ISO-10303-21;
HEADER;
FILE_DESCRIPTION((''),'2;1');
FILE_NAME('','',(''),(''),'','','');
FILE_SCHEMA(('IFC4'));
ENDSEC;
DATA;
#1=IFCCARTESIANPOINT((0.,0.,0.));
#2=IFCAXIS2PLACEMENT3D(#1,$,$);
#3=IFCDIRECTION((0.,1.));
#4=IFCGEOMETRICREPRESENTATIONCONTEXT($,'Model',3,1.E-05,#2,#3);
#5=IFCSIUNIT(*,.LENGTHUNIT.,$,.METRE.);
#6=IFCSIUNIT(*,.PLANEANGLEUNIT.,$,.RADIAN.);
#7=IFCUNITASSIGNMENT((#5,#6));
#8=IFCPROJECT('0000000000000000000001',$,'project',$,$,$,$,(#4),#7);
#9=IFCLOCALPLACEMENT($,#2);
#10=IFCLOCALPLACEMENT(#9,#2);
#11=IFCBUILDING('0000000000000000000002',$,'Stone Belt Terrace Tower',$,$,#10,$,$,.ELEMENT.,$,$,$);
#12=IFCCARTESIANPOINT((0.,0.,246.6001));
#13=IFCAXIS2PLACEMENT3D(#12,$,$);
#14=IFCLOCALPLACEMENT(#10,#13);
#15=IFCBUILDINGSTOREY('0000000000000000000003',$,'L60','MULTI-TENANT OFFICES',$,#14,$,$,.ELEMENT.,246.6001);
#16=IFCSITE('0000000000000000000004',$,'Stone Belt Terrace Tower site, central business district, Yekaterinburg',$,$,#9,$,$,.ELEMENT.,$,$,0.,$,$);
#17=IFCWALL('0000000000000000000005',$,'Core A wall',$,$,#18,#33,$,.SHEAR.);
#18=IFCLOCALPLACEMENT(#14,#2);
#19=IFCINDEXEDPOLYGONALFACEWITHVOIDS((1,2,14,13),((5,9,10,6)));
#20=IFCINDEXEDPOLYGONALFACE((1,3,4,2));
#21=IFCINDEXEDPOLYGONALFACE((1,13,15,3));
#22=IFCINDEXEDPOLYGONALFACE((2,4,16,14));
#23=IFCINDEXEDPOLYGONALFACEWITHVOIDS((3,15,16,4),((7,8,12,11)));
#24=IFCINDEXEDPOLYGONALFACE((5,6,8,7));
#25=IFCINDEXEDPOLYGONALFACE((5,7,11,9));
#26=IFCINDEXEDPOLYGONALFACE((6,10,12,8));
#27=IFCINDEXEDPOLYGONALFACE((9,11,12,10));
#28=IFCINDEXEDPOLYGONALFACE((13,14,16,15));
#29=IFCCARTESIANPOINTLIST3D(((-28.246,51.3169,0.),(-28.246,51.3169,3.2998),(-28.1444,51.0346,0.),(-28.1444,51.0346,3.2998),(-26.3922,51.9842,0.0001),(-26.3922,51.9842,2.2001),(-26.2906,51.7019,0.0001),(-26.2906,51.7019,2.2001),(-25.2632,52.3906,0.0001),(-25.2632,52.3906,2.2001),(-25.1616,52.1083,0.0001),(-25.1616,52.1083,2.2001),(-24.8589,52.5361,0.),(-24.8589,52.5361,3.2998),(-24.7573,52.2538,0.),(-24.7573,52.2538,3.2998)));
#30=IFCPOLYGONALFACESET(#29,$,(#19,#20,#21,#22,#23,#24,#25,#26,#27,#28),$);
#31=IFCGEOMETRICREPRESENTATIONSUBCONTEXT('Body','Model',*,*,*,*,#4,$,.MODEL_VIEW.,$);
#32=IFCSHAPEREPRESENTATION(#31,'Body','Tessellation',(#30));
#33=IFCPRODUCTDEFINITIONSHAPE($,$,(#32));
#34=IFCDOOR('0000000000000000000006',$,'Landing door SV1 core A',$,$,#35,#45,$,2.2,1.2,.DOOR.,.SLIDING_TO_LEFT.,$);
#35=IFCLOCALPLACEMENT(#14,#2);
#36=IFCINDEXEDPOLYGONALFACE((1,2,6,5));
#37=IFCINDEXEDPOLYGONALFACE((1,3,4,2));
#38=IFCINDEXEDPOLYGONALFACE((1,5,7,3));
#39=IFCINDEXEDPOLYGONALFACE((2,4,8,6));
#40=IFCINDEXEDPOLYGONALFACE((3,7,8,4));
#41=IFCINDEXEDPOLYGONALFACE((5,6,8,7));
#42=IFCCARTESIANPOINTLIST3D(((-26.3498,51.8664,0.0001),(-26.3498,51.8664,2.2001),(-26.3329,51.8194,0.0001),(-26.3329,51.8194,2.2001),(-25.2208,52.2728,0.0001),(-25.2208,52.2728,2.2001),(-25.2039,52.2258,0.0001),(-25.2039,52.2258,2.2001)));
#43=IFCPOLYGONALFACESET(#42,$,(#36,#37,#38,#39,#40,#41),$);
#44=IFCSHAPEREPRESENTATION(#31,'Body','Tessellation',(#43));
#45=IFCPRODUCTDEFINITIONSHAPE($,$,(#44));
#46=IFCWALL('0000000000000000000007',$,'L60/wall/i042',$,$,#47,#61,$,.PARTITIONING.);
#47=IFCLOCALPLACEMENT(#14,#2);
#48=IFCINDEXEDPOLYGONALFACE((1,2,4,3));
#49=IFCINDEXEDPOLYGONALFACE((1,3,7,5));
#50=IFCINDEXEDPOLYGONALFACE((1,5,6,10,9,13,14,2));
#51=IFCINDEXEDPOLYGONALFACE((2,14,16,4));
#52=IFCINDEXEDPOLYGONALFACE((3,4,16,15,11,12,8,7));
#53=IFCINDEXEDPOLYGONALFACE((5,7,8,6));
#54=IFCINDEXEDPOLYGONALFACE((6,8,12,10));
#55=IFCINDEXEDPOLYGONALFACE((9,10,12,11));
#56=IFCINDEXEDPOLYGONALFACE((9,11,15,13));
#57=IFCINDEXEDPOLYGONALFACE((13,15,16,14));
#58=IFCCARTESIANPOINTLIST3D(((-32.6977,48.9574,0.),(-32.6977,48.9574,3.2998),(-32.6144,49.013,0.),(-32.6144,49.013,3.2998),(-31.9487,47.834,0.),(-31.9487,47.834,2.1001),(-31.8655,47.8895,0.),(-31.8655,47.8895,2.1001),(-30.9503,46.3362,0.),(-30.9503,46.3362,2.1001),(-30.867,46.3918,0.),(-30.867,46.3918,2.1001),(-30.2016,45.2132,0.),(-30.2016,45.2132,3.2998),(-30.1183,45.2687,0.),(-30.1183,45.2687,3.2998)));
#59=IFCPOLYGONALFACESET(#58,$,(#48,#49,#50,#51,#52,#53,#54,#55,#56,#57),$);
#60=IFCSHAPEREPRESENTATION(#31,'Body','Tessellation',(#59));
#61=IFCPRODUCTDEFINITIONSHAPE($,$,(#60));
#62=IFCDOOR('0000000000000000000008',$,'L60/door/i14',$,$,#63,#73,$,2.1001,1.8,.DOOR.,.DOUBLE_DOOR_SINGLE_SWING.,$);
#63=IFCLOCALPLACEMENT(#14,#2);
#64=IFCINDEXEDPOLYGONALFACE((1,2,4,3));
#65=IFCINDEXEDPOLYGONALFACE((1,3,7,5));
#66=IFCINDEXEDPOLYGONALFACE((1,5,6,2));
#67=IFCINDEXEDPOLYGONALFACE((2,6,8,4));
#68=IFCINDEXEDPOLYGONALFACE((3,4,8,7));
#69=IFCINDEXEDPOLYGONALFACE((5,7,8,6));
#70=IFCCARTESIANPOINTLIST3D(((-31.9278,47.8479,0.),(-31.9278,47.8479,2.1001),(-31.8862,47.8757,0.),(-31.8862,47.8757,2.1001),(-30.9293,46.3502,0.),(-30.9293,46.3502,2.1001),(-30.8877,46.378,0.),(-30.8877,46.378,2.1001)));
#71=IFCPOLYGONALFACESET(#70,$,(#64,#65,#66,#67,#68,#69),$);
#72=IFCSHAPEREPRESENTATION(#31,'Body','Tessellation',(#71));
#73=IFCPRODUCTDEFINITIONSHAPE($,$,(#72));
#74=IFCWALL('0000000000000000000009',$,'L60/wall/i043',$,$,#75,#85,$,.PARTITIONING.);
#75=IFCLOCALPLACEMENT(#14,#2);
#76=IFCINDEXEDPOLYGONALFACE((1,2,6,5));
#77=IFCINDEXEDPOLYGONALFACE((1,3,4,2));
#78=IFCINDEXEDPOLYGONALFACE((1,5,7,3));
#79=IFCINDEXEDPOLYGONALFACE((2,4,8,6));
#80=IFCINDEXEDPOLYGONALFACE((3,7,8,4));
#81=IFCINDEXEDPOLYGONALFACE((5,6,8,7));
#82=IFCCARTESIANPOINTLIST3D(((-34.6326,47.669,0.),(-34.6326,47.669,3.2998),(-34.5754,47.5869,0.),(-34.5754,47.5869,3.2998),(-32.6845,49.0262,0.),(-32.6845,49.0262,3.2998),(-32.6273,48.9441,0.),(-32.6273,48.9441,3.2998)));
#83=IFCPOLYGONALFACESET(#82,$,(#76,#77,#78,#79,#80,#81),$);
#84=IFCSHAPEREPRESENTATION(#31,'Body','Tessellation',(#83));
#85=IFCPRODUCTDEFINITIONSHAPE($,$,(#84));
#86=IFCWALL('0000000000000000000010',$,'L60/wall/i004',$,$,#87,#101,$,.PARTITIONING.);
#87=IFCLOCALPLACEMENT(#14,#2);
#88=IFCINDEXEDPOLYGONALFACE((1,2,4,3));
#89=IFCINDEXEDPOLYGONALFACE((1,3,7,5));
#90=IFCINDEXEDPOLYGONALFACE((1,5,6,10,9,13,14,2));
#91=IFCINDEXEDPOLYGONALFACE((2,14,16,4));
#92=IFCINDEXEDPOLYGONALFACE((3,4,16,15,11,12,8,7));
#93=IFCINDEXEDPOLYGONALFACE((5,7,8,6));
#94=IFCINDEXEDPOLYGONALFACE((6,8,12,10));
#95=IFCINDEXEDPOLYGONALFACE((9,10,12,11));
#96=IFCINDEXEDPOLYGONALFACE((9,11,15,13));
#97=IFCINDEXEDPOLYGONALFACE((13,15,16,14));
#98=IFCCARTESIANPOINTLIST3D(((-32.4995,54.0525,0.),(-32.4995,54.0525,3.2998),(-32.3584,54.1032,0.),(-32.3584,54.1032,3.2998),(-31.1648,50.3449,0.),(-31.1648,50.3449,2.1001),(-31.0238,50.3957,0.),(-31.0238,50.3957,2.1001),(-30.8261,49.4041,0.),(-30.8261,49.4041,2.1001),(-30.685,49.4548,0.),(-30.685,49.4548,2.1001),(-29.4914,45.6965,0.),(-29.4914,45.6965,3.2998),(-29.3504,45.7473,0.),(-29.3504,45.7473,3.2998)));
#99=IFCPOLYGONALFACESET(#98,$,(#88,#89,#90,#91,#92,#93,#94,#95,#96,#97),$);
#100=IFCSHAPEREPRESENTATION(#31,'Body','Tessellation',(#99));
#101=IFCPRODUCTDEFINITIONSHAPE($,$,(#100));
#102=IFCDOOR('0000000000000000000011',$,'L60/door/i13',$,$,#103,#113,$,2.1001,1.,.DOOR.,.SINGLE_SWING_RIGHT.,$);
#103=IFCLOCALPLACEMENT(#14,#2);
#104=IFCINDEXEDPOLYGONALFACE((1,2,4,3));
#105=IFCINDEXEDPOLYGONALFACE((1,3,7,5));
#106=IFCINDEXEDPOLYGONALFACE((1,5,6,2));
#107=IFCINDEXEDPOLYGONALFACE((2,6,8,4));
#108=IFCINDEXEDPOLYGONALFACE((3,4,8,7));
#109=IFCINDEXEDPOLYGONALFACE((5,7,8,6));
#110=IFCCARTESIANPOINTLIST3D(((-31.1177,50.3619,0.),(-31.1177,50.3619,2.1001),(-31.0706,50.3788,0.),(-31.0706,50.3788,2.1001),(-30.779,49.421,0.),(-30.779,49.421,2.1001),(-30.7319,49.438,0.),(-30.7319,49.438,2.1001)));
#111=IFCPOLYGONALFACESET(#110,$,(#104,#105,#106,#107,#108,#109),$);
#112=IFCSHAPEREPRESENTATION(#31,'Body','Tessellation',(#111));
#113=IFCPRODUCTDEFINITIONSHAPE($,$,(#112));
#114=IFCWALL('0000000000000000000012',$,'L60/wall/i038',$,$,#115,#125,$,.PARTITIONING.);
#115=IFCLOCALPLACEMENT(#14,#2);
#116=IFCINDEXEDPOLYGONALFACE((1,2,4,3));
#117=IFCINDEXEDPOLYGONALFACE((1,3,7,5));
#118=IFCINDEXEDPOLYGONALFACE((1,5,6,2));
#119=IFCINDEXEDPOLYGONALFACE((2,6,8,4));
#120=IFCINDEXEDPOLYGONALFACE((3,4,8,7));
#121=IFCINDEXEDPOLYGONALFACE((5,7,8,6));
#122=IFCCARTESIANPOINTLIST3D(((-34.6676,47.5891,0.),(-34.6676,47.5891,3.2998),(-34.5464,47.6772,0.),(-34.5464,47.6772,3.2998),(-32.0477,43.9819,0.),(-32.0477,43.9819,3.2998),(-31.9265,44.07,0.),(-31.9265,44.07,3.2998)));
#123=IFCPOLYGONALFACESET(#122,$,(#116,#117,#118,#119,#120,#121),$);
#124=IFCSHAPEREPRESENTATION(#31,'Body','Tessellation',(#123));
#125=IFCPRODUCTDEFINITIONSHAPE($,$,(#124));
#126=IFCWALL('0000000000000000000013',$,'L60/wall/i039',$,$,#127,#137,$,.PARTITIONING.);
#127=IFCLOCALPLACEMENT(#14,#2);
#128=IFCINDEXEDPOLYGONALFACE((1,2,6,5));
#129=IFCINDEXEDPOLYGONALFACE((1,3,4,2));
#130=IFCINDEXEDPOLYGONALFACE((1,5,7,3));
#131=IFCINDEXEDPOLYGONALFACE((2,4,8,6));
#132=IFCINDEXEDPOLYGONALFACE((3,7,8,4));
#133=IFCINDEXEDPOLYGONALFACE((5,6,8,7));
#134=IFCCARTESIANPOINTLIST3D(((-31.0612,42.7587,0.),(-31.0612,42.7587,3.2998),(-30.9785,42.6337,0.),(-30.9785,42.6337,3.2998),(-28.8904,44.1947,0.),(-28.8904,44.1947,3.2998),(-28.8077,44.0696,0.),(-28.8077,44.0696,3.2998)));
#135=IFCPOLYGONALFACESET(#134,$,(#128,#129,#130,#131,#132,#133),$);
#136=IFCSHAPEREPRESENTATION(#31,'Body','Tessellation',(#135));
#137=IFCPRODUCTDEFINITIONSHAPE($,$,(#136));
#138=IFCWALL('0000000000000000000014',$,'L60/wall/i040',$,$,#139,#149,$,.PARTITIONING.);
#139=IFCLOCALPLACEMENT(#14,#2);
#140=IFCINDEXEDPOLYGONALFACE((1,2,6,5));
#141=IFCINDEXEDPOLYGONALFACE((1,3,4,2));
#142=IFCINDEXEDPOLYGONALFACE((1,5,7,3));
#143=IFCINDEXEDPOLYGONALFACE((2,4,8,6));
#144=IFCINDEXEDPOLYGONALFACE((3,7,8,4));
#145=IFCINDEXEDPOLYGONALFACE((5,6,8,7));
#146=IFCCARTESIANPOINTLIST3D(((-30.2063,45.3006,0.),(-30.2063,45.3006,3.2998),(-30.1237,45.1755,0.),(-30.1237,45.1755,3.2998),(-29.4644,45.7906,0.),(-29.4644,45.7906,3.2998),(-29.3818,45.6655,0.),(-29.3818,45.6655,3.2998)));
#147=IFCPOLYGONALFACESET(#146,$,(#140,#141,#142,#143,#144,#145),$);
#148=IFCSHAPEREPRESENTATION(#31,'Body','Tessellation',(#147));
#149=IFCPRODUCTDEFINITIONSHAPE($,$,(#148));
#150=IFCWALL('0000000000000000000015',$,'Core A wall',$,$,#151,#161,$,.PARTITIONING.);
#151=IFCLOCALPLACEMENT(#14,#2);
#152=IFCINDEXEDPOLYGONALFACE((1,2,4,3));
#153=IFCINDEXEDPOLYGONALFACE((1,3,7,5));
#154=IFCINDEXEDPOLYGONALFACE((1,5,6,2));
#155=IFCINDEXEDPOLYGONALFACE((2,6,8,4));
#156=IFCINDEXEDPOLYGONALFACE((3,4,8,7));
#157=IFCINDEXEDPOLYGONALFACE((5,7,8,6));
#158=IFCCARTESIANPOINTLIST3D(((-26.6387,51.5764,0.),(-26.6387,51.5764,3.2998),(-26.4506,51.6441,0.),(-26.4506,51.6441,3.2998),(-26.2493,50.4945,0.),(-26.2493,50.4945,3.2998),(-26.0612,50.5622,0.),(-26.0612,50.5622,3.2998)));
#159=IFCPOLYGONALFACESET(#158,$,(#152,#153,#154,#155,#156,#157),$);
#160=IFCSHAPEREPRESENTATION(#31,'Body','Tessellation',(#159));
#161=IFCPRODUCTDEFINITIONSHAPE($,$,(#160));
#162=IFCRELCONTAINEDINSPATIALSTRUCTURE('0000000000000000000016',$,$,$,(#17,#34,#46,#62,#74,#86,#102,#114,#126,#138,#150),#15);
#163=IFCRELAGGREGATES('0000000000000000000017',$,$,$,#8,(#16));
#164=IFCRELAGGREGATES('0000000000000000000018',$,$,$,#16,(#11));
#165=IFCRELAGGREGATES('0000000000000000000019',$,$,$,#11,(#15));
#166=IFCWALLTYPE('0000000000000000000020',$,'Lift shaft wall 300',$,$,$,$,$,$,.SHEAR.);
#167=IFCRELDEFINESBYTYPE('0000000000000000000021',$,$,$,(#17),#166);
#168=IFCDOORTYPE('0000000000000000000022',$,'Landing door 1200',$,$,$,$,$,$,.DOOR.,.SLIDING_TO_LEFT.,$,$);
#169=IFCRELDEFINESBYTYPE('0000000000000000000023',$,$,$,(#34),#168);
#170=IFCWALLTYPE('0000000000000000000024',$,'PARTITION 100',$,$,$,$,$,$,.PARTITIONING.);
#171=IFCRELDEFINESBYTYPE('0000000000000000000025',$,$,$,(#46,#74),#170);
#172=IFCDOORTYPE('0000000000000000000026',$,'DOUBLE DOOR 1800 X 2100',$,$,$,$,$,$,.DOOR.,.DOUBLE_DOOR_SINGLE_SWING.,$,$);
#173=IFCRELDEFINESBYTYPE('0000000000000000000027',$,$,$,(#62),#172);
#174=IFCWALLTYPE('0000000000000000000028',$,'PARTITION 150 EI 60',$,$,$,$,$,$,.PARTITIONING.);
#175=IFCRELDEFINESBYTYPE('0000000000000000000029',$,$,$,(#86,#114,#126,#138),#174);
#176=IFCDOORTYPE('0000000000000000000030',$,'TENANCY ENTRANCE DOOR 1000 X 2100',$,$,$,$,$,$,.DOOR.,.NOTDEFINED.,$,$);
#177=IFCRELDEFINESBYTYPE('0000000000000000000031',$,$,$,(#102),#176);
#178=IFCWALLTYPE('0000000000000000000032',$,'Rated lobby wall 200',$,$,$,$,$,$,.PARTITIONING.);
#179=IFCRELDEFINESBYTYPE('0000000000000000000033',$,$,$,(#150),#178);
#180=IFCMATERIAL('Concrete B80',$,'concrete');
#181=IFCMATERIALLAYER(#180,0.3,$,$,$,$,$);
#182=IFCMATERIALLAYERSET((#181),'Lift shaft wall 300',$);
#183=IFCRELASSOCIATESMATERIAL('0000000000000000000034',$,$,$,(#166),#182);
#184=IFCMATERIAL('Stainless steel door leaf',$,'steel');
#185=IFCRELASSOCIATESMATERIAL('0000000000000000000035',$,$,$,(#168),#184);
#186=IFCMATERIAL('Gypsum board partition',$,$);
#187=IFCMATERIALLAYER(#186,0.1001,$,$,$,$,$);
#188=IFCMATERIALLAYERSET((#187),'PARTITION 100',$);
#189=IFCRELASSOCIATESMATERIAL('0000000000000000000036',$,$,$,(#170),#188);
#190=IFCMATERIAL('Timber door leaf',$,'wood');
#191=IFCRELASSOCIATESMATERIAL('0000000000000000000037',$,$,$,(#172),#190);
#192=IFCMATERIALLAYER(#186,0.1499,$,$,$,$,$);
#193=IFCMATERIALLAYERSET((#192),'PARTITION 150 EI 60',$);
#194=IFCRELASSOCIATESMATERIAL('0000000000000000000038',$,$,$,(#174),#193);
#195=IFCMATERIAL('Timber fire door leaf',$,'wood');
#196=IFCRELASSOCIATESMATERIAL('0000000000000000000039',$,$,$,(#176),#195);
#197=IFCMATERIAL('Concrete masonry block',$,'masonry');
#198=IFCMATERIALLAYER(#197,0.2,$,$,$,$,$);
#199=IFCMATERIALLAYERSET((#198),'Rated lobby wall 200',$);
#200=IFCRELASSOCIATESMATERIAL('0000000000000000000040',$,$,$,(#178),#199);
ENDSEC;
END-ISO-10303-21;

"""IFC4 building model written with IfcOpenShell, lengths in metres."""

from ifc_helpers import new_model, si_unit, direction, frame, frame_2d, origin, place, context, subcontext, project, spatial, rectangle, extrude, material, layer, layer_set, type_object, element, fill, save


model = new_model("IFC4")

# Units and contexts
model_context = context("Model", 3, precision=1e-05, world=origin(), true_north=direction((0.0, 1.0)))
body_context = subcontext(model_context, "Body", "Model", "MODEL_VIEW")
ifc_project = project(units=[si_unit("LENGTHUNIT", "METRE"), si_unit("PLANEANGLEUNIT", "RADIAN")], contexts=[model_context])

# Site, building, storey
site_placement = place(None, origin())
site = spatial("IfcSite", under=ifc_project, at=site_placement, Name="Stone Belt Terrace Tower site, central business district, Yekaterinburg", CompositionType="ELEMENT", RefElevation=0.0)
building_placement = place(site_placement, origin())
building = spatial("IfcBuilding", under=site, at=building_placement, Name="Stone Belt Terrace Tower", CompositionType="ELEMENT")
storey_placement = place(building_placement, frame((0.0, 0.0, 246.6001)))
storey = spatial("IfcBuildingStorey", under=building, at=storey_placement, Name="L60", Description="MULTI-TENANT OFFICES", CompositionType="ELEMENT", Elevation=246.6001)

# Shared definitions
ifc_material_1 = material(Name="Timber door leaf", Category="wood")

# Shared definitions
ifc_material_2 = material(Name="Concrete B80", Category="concrete")

# Walls, openings, doors
ifc_layer_1 = layer(ifc_material_2, 0.3)
ifc_layer_set_1 = layer_set([ifc_layer_1], Name="Lift shaft wall 300")
wall_type_1 = type_object("IfcWallType", Name="Lift shaft wall 300", PredefinedType="SHEAR", material=ifc_layer_set_1)
wall_1_placement = place(storey_placement, frame((-28.1951, 51.1758, 0.0), z_axis=(0.0, 0.0, 1.0), x_axis=(0.940901, 0.338681, 0.0)))
wall_1 = element("IfcWall", 1, at=wall_1_placement, inside=storey, type_object=wall_type_1, Name="Core A wall", PredefinedType="SHEAR", context=body_context, shape_type="SweptSolid", body=[
    extrude(rectangle(XDim=3.5999, YDim=0.3, at=frame_2d((1.7998, 0.0))), origin(), (0.0, 0.0, 1.0), 3.2998),
])
opening_1_placement = place(wall_1_placement, frame((1.97, 0.0, 0.0)))
opening_1 = element("IfcOpeningElement", 2, at=opening_1_placement, cuts=wall_1, PredefinedType="OPENING", context=body_context, shape_type="SweptSolid", body=[
    extrude(rectangle(XDim=1.2, YDim=2.2, at=frame_2d((0.6001, 1.1001))), frame((0.0, 0.1599, 0.0), z_axis=(0.0, -1.0, 0.0), x_axis=(1.0, 0.0, 0.0)), (0.0, 0.0, 1.0), 0.3201),
])
ifc_material_3 = material(Name="Stainless steel door leaf", Category="steel")
door_type_1 = type_object("IfcDoorType", Name="Landing door 1200", OperationType="SLIDING_TO_LEFT", PredefinedType="DOOR", material=ifc_material_3)
door_1_placement = place(opening_1_placement, origin())
door_1 = element("IfcDoor", 3, at=door_1_placement, inside=storey, type_object=door_type_1, Name="Landing door SV1 core A", OperationType="SLIDING_TO_LEFT", OverallHeight=2.2, OverallWidth=1.2, PredefinedType="DOOR", context=body_context, shape_type="SweptSolid", body=[
    extrude(rectangle(XDim=1.2, YDim=2.2, at=frame_2d((0.6001, 1.1001))), frame((0.0, 0.0249, 0.0), z_axis=(0.0, -1.0, 0.0), x_axis=(1.0, 0.0, 0.0)), (0.0, 0.0, 1.0), 0.05),
])
fill(opening_1, door_1)
ifc_material_4 = material(Name="Gypsum board partition")
ifc_layer_2 = layer(ifc_material_4, 0.1001)
ifc_layer_set_2 = layer_set([ifc_layer_2], Name="PARTITION 100")
wall_type_2 = type_object("IfcWallType", Name="PARTITION 100", PredefinedType="PARTITIONING", material=ifc_layer_set_2)
wall_2_placement = place(storey_placement, frame((-30.1599, 45.241, 0.0), z_axis=(0.0, 0.0, 1.0), x_axis=(-0.5547, 0.83205, 0.0)))
wall_2 = element("IfcWall", 4, at=wall_2_placement, inside=storey, type_object=wall_type_2, Name="L60/wall/i042", PredefinedType="PARTITIONING", context=body_context, shape_type="SweptSolid", body=[
    extrude(rectangle(XDim=4.5, YDim=0.1001, at=frame_2d((2.25, 0.0))), origin(), (0.0, 0.0, 1.0), 3.2998),
])
opening_2_placement = place(wall_2_placement, frame((1.3499, 0.0, 0.0)))
opening_2 = element("IfcOpeningElement", 5, at=opening_2_placement, cuts=wall_2, PredefinedType="OPENING", context=body_context, shape_type="SweptSolid", body=[
    extrude(rectangle(XDim=1.8, YDim=2.1001, at=frame_2d((0.8999, 1.05))), frame((0.0, 0.0601, 0.0), z_axis=(0.0, -1.0, 0.0), x_axis=(1.0, 0.0, 0.0)), (0.0, 0.0, 1.0), 0.1201),
])
door_type_2 = type_object("IfcDoorType", Name="DOUBLE DOOR 1800 X 2100", OperationType="DOUBLE_DOOR_SINGLE_SWING", PredefinedType="DOOR", material=ifc_material_1)
door_2_placement = place(opening_2_placement, origin())
door_2 = element("IfcDoor", 6, at=door_2_placement, inside=storey, type_object=door_type_2, Name="L60/door/i14", OperationType="DOUBLE_DOOR_SINGLE_SWING", OverallHeight=2.1001, OverallWidth=1.8, PredefinedType="DOOR", context=body_context, shape_type="SweptSolid", body=[
    extrude(rectangle(XDim=1.8, YDim=2.1001, at=frame_2d((0.8999, 1.05))), frame((0.0, 0.0249, 0.0), z_axis=(0.0, -1.0, 0.0), x_axis=(1.0, 0.0, 0.0)), (0.0, 0.0, 1.0), 0.05),
])
fill(opening_2, door_2)

# Wall
wall_3_placement = place(storey_placement, frame((-32.656, 48.9851, 0.0), z_axis=(0.0, 0.0, 1.0), x_axis=(-0.8205, -0.571646, 0.0)))
element("IfcWall", 7, at=wall_3_placement, inside=storey, type_object=wall_type_2, Name="L60/wall/i043", PredefinedType="PARTITIONING", context=body_context, shape_type="SweptSolid", body=[
    extrude(rectangle(XDim=2.3743, YDim=0.1001, at=frame_2d((1.187, 0.0))), origin(), (0.0, 0.0, 1.0), 3.2998),
])

# Wall, opening, door
ifc_layer_3 = layer(ifc_material_4, 0.1499)
ifc_layer_set_3 = layer_set([ifc_layer_3], Name="PARTITION 150 EI 60")
wall_type_3 = type_object("IfcWallType", Name="PARTITION 150 EI 60", PredefinedType="PARTITIONING", material=ifc_layer_set_3)
wall_4_placement = place(storey_placement, frame((-29.4209, 45.7219, 0.0), z_axis=(0.0, 0.0, 1.0), x_axis=(-0.338711, 0.940891, 0.0)))
wall_4 = element("IfcWall", 8, at=wall_4_placement, inside=storey, type_object=wall_type_3, Name="L60/wall/i004", PredefinedType="PARTITIONING", context=body_context, shape_type="SweptSolid", body=[
    extrude(rectangle(XDim=8.8809, YDim=0.1499, at=frame_2d((4.4404, 0.0))), origin(), (0.0, 0.0, 1.0), 3.2998),
])
opening_3_placement = place(wall_4_placement, frame((3.9404, 0.0, 0.0)))
opening_3 = element("IfcOpeningElement", 9, at=opening_3_placement, cuts=wall_4, PredefinedType="OPENING", context=body_context, shape_type="SweptSolid", body=[
    extrude(rectangle(XDim=1.0, YDim=2.1001, at=frame_2d((0.5, 1.05))), frame((0.0, 0.085, 0.0), z_axis=(0.0, -1.0, 0.0), x_axis=(1.0, 0.0, 0.0)), (0.0, 0.0, 1.0), 0.1699),
])
ifc_material_5 = material(Name="Timber fire door leaf", Category="wood")
door_type_3 = type_object("IfcDoorType", Name="TENANCY ENTRANCE DOOR 1000 X 2100", OperationType="NOTDEFINED", PredefinedType="DOOR", material=ifc_material_5)
door_3_placement = place(opening_3_placement, origin())
door_3 = element("IfcDoor", 10, at=door_3_placement, inside=storey, type_object=door_type_3, Name="L60/door/i13", OperationType="SINGLE_SWING_RIGHT", OverallHeight=2.1001, OverallWidth=1.0, PredefinedType="DOOR", context=body_context, shape_type="SweptSolid", body=[
    extrude(rectangle(XDim=1.0, YDim=2.1001, at=frame_2d((0.5, 1.05))), frame((0.0, 0.0249, 0.0), z_axis=(0.0, -1.0, 0.0), x_axis=(1.0, 0.0, 0.0)), (0.0, 0.0, 1.0), 0.05),
])
fill(opening_3, door_3)

# Walls
wall_5_placement = place(storey_placement, frame((-34.6069, 47.6331, 0.0), z_axis=(0.0, 0.0, 1.0), x_axis=(0.587654, -0.809112, 0.0)))
element("IfcWall", 11, at=wall_5_placement, inside=storey, type_object=wall_type_3, Name="L60/wall/i038", PredefinedType="PARTITIONING", context=body_context, shape_type="SweptSolid", body=[
    extrude(rectangle(XDim=4.4583, YDim=0.1499, at=frame_2d((2.229, 0.0))), origin(), (0.0, 0.0, 1.0), 3.2998),
])
wall_6_placement = place(storey_placement, frame((-28.8491, 44.1321, 0.0), z_axis=(0.0, 0.0, 1.0), x_axis=(-0.834036, -0.55171, 0.0)))
element("IfcWall", 12, at=wall_6_placement, inside=storey, type_object=wall_type_3, Name="L60/wall/i039", PredefinedType="PARTITIONING", context=body_context, shape_type="SweptSolid", body=[
    extrude(rectangle(XDim=2.6028, YDim=0.1499, at=frame_2d((1.3013, 0.0))), origin(), (0.0, 0.0, 1.0), 3.2998),
])
wall_7_placement = place(storey_placement, frame((-30.165, 45.238, 0.0), z_axis=(0.0, 0.0, 1.0), x_axis=(0.83445, 0.551083, 0.0)))
element("IfcWall", 13, at=wall_7_placement, inside=storey, type_object=wall_type_3, Name="L60/wall/i040", PredefinedType="PARTITIONING", context=body_context, shape_type="SweptSolid", body=[
    extrude(rectangle(XDim=0.8892, YDim=0.1499, at=frame_2d((0.4446, 0.0))), origin(), (0.0, 0.0, 1.0), 3.2998),
])
ifc_material_6 = material(Name="Concrete masonry block", Category="masonry")
ifc_layer_4 = layer(ifc_material_6, 0.2)
ifc_layer_set_4 = layer_set([ifc_layer_4], Name="Rated lobby wall 200")
wall_type_4 = type_object("IfcWallType", Name="Rated lobby wall 200", PredefinedType="PARTITIONING", material=ifc_layer_set_4)
wall_8_placement = place(storey_placement, frame((-26.1553, 50.5283, 0.0), z_axis=(0.0, 0.0, 1.0), x_axis=(-0.338622, 0.940923, 0.0)))
element("IfcWall", 14, at=wall_8_placement, inside=storey, type_object=wall_type_4, Name="Core A wall", PredefinedType="PARTITIONING", context=body_context, shape_type="SweptSolid", body=[
    extrude(rectangle(XDim=1.1499, YDim=0.2, at=frame_2d((0.575, 0.0))), origin(), (0.0, 0.0, 1.0), 3.2998),
])

save(model, "model.ifc")
